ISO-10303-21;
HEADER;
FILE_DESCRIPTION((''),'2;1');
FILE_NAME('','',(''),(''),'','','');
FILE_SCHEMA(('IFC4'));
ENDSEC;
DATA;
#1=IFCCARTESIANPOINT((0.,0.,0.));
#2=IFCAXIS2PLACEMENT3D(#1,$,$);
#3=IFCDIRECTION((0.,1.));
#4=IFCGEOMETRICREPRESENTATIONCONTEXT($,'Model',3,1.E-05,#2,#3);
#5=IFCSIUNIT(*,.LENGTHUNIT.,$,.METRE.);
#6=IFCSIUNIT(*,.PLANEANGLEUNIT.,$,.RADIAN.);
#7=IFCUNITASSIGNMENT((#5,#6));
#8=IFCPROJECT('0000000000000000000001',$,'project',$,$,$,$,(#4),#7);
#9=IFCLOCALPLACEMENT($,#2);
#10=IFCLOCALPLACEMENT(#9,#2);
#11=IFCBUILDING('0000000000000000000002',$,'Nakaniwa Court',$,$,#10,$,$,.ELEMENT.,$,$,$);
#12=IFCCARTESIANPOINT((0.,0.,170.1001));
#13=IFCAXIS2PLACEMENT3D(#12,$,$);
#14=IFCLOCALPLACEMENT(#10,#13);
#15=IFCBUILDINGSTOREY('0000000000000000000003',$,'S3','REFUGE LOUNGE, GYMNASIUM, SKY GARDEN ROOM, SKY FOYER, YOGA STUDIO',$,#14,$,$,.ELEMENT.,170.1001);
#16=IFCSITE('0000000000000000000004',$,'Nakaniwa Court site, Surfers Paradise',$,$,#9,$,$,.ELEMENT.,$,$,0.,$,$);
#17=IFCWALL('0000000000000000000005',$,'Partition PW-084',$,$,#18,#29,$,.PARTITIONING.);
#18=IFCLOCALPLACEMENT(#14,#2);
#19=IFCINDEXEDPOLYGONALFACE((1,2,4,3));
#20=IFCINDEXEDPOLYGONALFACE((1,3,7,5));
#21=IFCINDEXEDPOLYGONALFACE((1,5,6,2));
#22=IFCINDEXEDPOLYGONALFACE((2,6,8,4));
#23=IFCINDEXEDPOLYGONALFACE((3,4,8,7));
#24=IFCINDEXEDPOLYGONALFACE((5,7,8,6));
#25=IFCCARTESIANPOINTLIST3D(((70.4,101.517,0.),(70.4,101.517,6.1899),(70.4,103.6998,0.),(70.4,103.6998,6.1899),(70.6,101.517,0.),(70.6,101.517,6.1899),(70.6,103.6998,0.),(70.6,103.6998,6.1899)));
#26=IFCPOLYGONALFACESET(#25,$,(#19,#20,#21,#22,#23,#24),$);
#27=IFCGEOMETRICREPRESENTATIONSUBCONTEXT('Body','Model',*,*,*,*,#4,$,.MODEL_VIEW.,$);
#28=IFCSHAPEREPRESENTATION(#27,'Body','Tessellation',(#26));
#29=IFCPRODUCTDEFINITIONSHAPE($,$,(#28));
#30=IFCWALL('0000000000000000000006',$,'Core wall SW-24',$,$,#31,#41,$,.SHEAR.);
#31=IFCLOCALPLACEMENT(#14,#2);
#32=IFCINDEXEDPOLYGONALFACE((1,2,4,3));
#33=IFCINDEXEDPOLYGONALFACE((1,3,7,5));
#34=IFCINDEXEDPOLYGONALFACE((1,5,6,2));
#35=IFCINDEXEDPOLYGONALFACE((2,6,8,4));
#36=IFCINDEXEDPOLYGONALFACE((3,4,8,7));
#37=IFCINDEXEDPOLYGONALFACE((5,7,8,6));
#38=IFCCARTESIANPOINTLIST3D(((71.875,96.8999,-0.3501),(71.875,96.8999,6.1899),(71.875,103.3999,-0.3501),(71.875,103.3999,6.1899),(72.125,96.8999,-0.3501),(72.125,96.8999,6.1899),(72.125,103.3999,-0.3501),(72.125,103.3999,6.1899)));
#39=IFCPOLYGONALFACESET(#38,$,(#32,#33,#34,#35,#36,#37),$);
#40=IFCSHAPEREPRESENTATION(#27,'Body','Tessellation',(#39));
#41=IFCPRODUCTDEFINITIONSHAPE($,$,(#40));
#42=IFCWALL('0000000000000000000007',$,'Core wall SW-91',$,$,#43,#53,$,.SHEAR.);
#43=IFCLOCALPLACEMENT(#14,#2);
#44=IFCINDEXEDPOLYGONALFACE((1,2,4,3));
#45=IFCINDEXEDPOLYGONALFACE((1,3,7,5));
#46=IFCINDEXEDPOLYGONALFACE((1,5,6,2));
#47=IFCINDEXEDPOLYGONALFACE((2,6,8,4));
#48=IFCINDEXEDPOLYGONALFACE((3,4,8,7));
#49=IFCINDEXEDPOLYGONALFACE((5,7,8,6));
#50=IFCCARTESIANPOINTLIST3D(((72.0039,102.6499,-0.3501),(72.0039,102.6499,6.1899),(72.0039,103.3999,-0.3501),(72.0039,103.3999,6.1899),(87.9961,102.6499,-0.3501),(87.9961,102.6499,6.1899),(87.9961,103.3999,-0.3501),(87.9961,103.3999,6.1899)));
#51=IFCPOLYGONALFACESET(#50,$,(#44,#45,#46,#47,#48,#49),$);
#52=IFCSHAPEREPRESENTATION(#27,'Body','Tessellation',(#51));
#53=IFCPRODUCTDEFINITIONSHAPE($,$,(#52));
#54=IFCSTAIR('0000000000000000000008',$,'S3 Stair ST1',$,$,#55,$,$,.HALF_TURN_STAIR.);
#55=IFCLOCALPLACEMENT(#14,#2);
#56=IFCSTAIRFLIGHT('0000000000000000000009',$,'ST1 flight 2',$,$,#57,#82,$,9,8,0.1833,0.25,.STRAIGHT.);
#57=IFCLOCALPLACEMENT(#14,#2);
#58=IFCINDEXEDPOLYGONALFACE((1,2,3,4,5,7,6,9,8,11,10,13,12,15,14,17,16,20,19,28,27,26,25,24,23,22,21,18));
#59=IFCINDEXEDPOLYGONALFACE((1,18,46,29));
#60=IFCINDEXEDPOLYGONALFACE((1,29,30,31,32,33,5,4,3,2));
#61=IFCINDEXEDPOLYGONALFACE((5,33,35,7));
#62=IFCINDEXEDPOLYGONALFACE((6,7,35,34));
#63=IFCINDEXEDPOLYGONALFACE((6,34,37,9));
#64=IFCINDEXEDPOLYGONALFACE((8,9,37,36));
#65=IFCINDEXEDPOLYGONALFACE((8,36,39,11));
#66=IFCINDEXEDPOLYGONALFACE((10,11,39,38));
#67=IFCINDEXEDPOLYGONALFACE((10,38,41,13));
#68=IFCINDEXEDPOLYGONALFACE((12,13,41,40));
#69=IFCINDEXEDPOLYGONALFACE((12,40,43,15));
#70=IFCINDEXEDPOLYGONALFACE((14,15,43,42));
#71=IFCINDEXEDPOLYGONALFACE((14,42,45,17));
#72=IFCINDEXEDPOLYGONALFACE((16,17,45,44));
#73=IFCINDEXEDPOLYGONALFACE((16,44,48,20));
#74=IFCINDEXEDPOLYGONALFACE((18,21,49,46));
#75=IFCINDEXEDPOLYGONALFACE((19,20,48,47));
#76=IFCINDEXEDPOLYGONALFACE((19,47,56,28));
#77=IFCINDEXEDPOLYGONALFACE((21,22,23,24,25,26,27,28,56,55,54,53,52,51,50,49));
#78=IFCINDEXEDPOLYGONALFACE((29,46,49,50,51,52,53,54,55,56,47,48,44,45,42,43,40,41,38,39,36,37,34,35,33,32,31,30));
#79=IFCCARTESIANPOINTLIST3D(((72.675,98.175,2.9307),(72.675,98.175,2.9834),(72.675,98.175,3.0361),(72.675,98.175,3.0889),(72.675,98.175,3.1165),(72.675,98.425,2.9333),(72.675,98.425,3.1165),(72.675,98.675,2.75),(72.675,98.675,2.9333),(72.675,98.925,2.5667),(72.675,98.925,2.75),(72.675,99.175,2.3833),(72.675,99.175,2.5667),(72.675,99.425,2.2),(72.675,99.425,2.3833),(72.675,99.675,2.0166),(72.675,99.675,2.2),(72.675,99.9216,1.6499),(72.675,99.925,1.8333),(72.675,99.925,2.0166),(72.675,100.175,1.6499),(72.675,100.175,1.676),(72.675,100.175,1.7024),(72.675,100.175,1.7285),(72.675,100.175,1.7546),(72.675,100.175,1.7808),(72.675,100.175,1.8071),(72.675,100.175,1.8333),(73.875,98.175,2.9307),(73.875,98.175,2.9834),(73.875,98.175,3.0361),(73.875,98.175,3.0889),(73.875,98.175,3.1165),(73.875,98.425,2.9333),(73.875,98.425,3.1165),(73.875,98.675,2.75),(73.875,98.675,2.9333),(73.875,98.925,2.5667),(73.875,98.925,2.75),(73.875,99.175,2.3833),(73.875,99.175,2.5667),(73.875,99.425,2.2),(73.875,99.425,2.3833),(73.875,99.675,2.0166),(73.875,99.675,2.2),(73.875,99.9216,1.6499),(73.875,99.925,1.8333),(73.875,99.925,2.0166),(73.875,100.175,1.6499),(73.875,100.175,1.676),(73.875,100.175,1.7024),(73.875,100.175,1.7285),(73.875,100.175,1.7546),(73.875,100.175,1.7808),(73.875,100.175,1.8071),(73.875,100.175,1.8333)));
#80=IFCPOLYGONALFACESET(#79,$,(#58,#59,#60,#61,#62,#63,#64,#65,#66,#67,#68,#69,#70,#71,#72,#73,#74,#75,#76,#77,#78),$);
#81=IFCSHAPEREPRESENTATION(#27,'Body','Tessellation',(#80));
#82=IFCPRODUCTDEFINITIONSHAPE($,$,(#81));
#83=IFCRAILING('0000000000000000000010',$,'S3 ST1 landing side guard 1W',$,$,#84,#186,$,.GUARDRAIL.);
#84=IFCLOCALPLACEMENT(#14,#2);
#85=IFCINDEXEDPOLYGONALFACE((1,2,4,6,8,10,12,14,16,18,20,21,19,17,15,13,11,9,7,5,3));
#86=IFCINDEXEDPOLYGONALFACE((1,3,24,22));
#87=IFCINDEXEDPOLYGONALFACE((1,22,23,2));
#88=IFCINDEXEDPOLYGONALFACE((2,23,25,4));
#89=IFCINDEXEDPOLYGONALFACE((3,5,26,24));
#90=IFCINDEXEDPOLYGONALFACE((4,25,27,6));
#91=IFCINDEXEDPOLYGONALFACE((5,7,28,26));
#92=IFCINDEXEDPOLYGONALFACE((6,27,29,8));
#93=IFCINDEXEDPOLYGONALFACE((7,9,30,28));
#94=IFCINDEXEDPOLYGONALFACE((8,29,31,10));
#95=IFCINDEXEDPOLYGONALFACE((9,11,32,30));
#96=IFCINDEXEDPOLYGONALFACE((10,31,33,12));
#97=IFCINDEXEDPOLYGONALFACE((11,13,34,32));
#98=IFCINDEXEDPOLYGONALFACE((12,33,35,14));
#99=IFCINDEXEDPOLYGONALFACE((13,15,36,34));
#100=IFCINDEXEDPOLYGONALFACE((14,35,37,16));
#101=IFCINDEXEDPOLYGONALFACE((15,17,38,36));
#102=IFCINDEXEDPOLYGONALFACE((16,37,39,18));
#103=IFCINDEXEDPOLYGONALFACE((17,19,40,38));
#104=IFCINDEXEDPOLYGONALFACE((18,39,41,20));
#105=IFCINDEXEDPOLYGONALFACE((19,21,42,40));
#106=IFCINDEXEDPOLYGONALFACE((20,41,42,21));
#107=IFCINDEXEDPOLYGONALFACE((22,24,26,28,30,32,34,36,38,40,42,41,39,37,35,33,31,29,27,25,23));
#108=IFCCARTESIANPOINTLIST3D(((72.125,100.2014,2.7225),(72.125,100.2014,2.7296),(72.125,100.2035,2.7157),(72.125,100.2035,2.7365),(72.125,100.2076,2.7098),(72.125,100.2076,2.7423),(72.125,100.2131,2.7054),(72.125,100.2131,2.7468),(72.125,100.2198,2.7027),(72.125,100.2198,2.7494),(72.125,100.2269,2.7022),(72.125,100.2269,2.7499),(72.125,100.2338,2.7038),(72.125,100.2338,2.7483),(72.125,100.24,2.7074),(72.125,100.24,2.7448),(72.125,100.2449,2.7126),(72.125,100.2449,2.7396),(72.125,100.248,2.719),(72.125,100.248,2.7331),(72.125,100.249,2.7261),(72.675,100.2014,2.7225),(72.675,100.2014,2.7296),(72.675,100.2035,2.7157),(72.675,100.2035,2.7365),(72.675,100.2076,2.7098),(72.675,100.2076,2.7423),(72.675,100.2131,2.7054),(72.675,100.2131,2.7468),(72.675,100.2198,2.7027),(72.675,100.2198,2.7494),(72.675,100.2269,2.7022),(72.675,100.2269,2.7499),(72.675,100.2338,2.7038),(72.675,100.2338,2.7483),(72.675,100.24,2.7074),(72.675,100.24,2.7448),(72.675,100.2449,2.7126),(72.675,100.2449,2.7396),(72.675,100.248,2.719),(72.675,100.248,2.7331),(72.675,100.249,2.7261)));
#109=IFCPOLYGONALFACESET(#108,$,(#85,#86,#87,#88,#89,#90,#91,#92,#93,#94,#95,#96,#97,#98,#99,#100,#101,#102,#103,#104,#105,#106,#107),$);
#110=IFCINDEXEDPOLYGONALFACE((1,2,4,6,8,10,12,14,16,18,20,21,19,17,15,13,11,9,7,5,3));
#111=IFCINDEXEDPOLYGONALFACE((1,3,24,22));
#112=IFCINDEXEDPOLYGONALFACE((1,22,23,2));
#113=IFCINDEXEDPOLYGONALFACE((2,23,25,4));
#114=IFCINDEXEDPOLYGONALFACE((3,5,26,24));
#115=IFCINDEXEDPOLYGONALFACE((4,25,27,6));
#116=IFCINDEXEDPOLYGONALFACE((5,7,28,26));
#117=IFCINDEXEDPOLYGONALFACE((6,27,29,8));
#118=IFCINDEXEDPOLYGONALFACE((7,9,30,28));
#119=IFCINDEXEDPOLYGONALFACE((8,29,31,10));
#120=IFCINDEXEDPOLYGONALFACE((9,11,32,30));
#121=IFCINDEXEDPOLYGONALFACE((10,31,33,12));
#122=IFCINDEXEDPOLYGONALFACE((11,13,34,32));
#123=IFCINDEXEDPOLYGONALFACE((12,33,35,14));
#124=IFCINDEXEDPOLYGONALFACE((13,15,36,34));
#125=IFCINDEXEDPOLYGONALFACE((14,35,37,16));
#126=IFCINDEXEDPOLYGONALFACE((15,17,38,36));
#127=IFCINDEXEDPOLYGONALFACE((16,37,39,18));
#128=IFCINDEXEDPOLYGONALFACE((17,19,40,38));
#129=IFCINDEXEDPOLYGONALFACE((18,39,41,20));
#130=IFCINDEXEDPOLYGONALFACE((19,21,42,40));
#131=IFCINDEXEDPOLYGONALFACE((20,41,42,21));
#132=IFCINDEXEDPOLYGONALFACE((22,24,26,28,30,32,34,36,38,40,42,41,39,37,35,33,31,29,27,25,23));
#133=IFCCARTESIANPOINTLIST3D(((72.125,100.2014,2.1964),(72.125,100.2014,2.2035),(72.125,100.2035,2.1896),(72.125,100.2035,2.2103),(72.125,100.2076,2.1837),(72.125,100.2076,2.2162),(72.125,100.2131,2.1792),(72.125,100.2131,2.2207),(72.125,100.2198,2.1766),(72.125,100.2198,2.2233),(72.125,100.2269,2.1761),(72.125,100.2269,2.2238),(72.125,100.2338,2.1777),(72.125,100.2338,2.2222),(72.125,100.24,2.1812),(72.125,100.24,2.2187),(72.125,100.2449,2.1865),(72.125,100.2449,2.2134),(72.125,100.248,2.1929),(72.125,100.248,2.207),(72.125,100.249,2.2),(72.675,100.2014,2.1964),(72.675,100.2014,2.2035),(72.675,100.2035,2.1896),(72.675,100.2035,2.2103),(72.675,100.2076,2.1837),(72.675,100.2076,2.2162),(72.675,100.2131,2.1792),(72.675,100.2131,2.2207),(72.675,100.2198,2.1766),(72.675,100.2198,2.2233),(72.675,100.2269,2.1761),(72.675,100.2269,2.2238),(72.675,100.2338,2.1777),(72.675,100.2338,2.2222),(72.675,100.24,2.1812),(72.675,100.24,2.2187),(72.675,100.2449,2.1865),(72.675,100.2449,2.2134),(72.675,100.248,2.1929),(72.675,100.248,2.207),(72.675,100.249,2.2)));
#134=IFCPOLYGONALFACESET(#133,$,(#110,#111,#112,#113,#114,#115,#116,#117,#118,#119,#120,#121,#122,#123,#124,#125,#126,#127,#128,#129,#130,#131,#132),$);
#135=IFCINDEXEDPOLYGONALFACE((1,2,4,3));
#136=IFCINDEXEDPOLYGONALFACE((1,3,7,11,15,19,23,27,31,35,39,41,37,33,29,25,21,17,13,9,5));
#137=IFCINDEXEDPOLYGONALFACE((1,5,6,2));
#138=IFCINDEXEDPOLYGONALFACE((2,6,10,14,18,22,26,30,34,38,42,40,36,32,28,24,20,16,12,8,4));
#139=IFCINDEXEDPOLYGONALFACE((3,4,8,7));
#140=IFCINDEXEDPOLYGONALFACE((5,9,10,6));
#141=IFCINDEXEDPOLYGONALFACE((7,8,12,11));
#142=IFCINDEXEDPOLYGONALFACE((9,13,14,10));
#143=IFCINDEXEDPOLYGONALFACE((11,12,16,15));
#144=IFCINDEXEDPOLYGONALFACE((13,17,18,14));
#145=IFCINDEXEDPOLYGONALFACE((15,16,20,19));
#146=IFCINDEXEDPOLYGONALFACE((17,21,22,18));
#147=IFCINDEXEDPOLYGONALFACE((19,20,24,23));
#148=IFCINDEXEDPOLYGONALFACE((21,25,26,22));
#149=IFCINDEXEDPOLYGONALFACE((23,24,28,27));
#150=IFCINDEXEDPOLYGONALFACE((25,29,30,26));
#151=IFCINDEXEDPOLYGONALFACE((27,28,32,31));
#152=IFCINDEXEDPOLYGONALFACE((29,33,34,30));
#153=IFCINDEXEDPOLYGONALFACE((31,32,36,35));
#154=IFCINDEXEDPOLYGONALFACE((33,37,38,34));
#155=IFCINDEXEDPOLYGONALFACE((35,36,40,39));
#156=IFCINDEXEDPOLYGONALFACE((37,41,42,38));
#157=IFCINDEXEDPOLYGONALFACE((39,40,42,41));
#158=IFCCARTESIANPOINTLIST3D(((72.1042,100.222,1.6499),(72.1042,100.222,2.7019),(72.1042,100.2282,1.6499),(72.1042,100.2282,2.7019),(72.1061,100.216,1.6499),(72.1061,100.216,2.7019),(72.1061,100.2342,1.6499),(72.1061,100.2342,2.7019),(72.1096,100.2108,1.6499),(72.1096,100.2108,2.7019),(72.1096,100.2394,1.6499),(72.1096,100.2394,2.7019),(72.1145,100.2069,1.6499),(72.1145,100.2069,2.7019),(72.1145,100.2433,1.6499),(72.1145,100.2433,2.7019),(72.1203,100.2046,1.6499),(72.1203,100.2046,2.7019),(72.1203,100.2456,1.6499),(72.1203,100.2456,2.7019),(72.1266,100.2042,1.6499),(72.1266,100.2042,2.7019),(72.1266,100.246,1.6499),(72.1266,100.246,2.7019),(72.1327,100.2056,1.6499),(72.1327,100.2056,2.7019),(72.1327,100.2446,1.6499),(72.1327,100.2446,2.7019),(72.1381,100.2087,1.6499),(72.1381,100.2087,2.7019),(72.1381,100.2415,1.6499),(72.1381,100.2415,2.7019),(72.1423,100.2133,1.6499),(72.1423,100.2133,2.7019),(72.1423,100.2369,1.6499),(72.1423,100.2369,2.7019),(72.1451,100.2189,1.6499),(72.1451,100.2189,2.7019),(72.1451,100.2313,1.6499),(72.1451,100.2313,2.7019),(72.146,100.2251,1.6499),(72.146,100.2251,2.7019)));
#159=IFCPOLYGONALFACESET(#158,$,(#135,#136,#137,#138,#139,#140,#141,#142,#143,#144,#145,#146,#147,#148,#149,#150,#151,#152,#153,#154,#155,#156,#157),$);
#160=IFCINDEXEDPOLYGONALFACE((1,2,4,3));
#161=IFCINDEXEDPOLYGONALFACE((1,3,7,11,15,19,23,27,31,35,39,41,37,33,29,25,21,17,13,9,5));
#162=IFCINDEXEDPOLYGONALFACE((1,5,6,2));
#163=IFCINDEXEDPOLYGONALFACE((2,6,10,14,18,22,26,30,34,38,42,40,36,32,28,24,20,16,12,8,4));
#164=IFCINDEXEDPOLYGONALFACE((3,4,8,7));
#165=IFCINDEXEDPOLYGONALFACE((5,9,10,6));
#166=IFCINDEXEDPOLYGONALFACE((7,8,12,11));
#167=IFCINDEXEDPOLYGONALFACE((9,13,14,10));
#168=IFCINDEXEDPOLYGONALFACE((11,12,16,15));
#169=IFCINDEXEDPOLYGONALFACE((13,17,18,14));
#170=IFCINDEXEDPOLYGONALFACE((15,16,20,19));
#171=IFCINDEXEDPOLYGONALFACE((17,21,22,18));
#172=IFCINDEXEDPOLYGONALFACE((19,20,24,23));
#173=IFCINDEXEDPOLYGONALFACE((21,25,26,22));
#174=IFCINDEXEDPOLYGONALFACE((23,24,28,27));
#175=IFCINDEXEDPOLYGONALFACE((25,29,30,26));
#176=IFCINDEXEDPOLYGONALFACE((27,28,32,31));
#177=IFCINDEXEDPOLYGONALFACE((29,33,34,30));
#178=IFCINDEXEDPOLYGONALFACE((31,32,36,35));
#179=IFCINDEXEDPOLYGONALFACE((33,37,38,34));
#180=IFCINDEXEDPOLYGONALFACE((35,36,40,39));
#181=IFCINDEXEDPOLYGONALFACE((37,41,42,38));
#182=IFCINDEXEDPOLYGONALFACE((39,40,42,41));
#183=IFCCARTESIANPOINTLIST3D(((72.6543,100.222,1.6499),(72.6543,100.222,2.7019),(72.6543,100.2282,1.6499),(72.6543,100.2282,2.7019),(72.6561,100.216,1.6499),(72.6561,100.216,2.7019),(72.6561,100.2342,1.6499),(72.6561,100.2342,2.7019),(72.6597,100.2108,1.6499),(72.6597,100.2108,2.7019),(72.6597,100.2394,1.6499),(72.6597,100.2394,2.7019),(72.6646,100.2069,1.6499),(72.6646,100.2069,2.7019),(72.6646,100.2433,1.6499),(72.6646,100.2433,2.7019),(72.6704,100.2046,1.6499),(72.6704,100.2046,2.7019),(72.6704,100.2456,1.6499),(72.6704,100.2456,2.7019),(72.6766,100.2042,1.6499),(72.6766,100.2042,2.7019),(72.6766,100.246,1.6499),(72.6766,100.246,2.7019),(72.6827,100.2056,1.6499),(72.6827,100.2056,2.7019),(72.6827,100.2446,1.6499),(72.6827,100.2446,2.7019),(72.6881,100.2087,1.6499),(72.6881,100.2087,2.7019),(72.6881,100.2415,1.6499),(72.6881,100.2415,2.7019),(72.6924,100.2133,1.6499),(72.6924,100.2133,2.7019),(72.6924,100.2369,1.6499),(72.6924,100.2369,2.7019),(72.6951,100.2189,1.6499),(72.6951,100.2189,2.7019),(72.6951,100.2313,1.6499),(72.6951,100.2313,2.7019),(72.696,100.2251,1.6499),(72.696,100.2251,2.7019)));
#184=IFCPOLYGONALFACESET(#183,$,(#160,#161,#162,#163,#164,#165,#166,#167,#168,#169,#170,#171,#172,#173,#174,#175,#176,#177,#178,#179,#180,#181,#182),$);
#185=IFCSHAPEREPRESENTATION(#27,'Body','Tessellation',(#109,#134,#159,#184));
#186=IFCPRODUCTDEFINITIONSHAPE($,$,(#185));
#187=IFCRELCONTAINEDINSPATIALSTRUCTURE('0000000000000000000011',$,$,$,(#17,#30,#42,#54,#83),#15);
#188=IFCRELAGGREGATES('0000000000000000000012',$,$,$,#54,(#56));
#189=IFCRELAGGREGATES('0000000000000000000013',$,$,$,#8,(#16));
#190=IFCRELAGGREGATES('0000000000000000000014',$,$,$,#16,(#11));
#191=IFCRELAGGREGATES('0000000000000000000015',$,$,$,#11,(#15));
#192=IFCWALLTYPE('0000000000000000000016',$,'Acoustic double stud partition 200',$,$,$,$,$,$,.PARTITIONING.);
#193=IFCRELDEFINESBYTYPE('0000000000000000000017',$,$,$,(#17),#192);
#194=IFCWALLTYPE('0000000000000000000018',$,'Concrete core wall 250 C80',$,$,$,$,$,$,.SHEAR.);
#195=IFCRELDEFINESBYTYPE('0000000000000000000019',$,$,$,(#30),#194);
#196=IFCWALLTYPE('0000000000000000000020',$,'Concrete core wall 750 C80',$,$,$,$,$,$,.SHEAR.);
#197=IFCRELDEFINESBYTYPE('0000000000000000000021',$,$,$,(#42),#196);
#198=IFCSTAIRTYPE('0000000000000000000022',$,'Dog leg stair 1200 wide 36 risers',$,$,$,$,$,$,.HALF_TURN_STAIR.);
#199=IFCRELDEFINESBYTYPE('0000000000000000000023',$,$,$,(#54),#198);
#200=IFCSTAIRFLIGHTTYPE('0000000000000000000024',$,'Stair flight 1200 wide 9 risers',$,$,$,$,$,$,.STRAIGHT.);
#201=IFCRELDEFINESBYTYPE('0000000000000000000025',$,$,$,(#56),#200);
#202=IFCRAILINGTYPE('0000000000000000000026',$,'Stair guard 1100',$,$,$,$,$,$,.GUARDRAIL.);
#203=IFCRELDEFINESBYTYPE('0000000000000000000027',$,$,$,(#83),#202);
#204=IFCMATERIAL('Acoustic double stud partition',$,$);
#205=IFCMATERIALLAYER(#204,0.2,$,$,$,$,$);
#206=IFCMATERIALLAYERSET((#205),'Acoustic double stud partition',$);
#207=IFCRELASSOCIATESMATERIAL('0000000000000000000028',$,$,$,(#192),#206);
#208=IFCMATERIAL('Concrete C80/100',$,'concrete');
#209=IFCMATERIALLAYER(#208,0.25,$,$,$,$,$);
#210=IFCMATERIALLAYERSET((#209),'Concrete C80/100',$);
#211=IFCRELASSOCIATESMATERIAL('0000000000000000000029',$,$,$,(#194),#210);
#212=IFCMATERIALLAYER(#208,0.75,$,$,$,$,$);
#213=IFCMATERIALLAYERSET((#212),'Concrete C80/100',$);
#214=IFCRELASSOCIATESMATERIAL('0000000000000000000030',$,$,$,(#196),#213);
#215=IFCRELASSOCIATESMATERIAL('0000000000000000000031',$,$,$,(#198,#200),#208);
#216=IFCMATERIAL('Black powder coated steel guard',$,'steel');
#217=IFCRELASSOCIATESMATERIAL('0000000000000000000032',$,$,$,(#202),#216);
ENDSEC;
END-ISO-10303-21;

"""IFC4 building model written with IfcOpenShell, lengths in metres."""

from ifc_helpers import new_model, si_unit, direction, frame, frame_2d, origin, origin_2d, place, context, subcontext, project, spatial, polyline, rectangle, circle, outline, extrude, material, layer, layer_set, type_object, element, aggregate, save


model = new_model("IFC4")

# Units and contexts
model_context = context("Model", 3, precision=1e-05, world=origin(), true_north=direction((0.0, 1.0)))
body_context = subcontext(model_context, "Body", "Model", "MODEL_VIEW")
ifc_project = project(units=[si_unit("LENGTHUNIT", "METRE"), si_unit("PLANEANGLEUNIT", "RADIAN")], contexts=[model_context])

# Site, building, storey
site_placement = place(None, origin())
site = spatial("IfcSite", under=ifc_project, at=site_placement, Name="Nakaniwa Court site, Surfers Paradise", CompositionType="ELEMENT", RefElevation=0.0)
building_placement = place(site_placement, origin())
building = spatial("IfcBuilding", under=site, at=building_placement, Name="Nakaniwa Court", CompositionType="ELEMENT")
storey_placement = place(building_placement, frame((0.0, 0.0, 170.1001)))
storey = spatial("IfcBuildingStorey", under=building, at=storey_placement, Name="S3", Description="REFUGE LOUNGE, GYMNASIUM, SKY GARDEN ROOM, SKY FOYER, YOGA STUDIO", CompositionType="ELEMENT", Elevation=170.1001)

# Shared definitions
ifc_material_1 = material(Name="Concrete C80/100", Category="concrete")

# Shared definitions
ifc_material_2 = material(Name="Acoustic double stud partition")
ifc_layer_1 = layer(ifc_material_2, 0.2)
ifc_layer_set_1 = layer_set([ifc_layer_1], Name="Acoustic double stud partition")
wall_type_1 = type_object("IfcWallType", Name="Acoustic double stud partition 200", PredefinedType="PARTITIONING", material=ifc_layer_set_1)

# Walls
wall_1_placement = place(storey_placement, frame((70.5, 101.5171, 0.0), z_axis=(0.0, 0.0, 1.0), x_axis=(0.0, 1.0, 0.0)))
element("IfcWall", 1, at=wall_1_placement, inside=storey, type_object=wall_type_1, Name="Partition PW-084", PredefinedType="PARTITIONING", context=body_context, shape_type="SweptSolid", body=[
    extrude(rectangle(XDim=2.1829, YDim=0.2, at=frame_2d((1.0913, 0.0))), origin(), (0.0, 0.0, 1.0), 6.1899),
])
ifc_layer_2 = layer(ifc_material_1, 0.25)
ifc_layer_set_2 = layer_set([ifc_layer_2], Name="Concrete C80/100")
wall_type_2 = type_object("IfcWallType", Name="Concrete core wall 250 C80", PredefinedType="SHEAR", material=ifc_layer_set_2)
wall_2_placement = place(storey_placement, frame((72.0, 96.8999, -0.3501), z_axis=(0.0, 0.0, 1.0), x_axis=(0.0, 1.0, 0.0)))
element("IfcWall", 2, at=wall_2_placement, inside=storey, type_object=wall_type_2, Name="Core wall SW-24", PredefinedType="SHEAR", context=body_context, shape_type="SweptSolid", body=[
    extrude(rectangle(XDim=6.5, YDim=0.25, at=frame_2d((3.25, 0.0))), origin(), (0.0, 0.0, 1.0), 6.54),
])
ifc_layer_3 = layer(ifc_material_1, 0.75)
ifc_layer_set_3 = layer_set([ifc_layer_3], Name="Concrete C80/100")
wall_type_3 = type_object("IfcWallType", Name="Concrete core wall 750 C80", PredefinedType="SHEAR", material=ifc_layer_set_3)
wall_3_placement = place(storey_placement, frame((72.0039, 103.0249, -0.3501), z_axis=(0.0, 0.0, 1.0), x_axis=(1.0, 0.0, 0.0)))
element("IfcWall", 3, at=wall_3_placement, inside=storey, type_object=wall_type_3, Name="Core wall SW-91", PredefinedType="SHEAR", context=body_context, shape_type="SweptSolid", body=[
    extrude(rectangle(XDim=15.9922, YDim=0.75, at=frame_2d((7.9961, 0.0))), origin(), (0.0, 0.0, 1.0), 6.54),
])

# Stair, stair flight
stair_type = type_object("IfcStairType", Name="Dog leg stair 1200 wide 36 risers", PredefinedType="HALF_TURN_STAIR", material=ifc_material_1)
stair_placement = place(storey_placement, origin())
stair = element("IfcStair", 4, at=stair_placement, inside=storey, type_object=stair_type, Name="S3 Stair ST1", PredefinedType="HALF_TURN_STAIR")
stair_flight_type = type_object("IfcStairFlightType", Name="Stair flight 1200 wide 9 risers", PredefinedType="STRAIGHT", material=ifc_material_1)
stair_flight_placement = place(storey_placement, frame((73.2749, 100.175, 1.6499), z_axis=(0.0, 0.0, 1.0), x_axis=(0.0, -1.0, 0.0)))
stair_flight = element("IfcStairFlight", 5, at=stair_flight_placement, type_object=stair_flight_type, Name="ST1 flight 2", NumberOfRisers=9, NumberOfTreads=8, PredefinedType="STRAIGHT", RiserHeight=0.1833, TreadLength=0.25, context=body_context, shape_type="SweptSolid", body=[
    extrude(outline(polyline([(0.0, 0.0), (0.0, 0.0261), (0.0, 0.0525), (0.0, 0.0786), (0.0, 0.1047), (0.0, 0.1309), (0.0, 0.1572), (0.0, 0.1833), (0.25, 0.1833), (0.25, 0.3667), (0.5, 0.3667), (0.5, 0.55), (0.75, 0.55), (0.75, 0.7334), (1.0, 0.7334), (1.0, 0.9167), (1.25, 0.9167), (1.25, 1.1001), (1.5, 1.1001), (1.5, 1.2834), (1.75, 1.2834), (1.75, 1.4666), (2.0, 1.4666), (2.0, 1.6499), (2.0, 1.5972), (2.0, 1.5444), (2.0, 1.4917), (2.0, 1.439), (2.0, 1.3862), (2.0, 1.3335), (2.0, 1.2808), (0.2534, 0.0), (0.0, 0.0)])), frame((0.0, 0.6001, 0.0), z_axis=(0.0, -1.0, 0.0), x_axis=(1.0, 0.0, 0.0)), (0.0, 0.0, 1.0), 1.2),
])
aggregate(stair, [stair_flight])

# Railing
ifc_material_3 = material(Name="Black powder coated steel guard", Category="steel")
railing_type_1 = type_object("IfcRailingType", Name="Stair guard 1100", PredefinedType="GUARDRAIL", material=ifc_material_3)
for number, where, name in (
    (6, (72.125, 100.2251, 1.6499), "S3 ST1 landing side guard 1W"),
):
    element("IfcRailing", number, at=place(storey_placement, frame(where)), inside=storey, type_object=railing_type_1, Name=name, PredefinedType="GUARDRAIL", context=body_context, shape_type="SweptSolid", body=[
        extrude(circle(Radius=0.0239, at=origin_2d()), frame((0.0, 0.0, 1.0762), z_axis=(1.0, 0.0, 0.0), x_axis=(0.0, 1.0, 0.0)), (0.0, 0.0, 1.0), 0.55),
        extrude(circle(Radius=0.0239, at=origin_2d()), frame((0.0, 0.0, 0.55), z_axis=(1.0, 0.0, 0.0), x_axis=(0.0, 1.0, 0.0)), (0.0, 0.0, 1.0), 0.55),
        extrude(circle(Radius=0.021, at=origin_2d()), origin(), (0.0, 0.0, 1.0), 1.052),
        extrude(circle(Radius=0.021, at=origin_2d()), frame((0.55, 0.0, 0.0)), (0.0, 0.0, 1.0), 1.052),
    ])

save(model, "model.ifc")
